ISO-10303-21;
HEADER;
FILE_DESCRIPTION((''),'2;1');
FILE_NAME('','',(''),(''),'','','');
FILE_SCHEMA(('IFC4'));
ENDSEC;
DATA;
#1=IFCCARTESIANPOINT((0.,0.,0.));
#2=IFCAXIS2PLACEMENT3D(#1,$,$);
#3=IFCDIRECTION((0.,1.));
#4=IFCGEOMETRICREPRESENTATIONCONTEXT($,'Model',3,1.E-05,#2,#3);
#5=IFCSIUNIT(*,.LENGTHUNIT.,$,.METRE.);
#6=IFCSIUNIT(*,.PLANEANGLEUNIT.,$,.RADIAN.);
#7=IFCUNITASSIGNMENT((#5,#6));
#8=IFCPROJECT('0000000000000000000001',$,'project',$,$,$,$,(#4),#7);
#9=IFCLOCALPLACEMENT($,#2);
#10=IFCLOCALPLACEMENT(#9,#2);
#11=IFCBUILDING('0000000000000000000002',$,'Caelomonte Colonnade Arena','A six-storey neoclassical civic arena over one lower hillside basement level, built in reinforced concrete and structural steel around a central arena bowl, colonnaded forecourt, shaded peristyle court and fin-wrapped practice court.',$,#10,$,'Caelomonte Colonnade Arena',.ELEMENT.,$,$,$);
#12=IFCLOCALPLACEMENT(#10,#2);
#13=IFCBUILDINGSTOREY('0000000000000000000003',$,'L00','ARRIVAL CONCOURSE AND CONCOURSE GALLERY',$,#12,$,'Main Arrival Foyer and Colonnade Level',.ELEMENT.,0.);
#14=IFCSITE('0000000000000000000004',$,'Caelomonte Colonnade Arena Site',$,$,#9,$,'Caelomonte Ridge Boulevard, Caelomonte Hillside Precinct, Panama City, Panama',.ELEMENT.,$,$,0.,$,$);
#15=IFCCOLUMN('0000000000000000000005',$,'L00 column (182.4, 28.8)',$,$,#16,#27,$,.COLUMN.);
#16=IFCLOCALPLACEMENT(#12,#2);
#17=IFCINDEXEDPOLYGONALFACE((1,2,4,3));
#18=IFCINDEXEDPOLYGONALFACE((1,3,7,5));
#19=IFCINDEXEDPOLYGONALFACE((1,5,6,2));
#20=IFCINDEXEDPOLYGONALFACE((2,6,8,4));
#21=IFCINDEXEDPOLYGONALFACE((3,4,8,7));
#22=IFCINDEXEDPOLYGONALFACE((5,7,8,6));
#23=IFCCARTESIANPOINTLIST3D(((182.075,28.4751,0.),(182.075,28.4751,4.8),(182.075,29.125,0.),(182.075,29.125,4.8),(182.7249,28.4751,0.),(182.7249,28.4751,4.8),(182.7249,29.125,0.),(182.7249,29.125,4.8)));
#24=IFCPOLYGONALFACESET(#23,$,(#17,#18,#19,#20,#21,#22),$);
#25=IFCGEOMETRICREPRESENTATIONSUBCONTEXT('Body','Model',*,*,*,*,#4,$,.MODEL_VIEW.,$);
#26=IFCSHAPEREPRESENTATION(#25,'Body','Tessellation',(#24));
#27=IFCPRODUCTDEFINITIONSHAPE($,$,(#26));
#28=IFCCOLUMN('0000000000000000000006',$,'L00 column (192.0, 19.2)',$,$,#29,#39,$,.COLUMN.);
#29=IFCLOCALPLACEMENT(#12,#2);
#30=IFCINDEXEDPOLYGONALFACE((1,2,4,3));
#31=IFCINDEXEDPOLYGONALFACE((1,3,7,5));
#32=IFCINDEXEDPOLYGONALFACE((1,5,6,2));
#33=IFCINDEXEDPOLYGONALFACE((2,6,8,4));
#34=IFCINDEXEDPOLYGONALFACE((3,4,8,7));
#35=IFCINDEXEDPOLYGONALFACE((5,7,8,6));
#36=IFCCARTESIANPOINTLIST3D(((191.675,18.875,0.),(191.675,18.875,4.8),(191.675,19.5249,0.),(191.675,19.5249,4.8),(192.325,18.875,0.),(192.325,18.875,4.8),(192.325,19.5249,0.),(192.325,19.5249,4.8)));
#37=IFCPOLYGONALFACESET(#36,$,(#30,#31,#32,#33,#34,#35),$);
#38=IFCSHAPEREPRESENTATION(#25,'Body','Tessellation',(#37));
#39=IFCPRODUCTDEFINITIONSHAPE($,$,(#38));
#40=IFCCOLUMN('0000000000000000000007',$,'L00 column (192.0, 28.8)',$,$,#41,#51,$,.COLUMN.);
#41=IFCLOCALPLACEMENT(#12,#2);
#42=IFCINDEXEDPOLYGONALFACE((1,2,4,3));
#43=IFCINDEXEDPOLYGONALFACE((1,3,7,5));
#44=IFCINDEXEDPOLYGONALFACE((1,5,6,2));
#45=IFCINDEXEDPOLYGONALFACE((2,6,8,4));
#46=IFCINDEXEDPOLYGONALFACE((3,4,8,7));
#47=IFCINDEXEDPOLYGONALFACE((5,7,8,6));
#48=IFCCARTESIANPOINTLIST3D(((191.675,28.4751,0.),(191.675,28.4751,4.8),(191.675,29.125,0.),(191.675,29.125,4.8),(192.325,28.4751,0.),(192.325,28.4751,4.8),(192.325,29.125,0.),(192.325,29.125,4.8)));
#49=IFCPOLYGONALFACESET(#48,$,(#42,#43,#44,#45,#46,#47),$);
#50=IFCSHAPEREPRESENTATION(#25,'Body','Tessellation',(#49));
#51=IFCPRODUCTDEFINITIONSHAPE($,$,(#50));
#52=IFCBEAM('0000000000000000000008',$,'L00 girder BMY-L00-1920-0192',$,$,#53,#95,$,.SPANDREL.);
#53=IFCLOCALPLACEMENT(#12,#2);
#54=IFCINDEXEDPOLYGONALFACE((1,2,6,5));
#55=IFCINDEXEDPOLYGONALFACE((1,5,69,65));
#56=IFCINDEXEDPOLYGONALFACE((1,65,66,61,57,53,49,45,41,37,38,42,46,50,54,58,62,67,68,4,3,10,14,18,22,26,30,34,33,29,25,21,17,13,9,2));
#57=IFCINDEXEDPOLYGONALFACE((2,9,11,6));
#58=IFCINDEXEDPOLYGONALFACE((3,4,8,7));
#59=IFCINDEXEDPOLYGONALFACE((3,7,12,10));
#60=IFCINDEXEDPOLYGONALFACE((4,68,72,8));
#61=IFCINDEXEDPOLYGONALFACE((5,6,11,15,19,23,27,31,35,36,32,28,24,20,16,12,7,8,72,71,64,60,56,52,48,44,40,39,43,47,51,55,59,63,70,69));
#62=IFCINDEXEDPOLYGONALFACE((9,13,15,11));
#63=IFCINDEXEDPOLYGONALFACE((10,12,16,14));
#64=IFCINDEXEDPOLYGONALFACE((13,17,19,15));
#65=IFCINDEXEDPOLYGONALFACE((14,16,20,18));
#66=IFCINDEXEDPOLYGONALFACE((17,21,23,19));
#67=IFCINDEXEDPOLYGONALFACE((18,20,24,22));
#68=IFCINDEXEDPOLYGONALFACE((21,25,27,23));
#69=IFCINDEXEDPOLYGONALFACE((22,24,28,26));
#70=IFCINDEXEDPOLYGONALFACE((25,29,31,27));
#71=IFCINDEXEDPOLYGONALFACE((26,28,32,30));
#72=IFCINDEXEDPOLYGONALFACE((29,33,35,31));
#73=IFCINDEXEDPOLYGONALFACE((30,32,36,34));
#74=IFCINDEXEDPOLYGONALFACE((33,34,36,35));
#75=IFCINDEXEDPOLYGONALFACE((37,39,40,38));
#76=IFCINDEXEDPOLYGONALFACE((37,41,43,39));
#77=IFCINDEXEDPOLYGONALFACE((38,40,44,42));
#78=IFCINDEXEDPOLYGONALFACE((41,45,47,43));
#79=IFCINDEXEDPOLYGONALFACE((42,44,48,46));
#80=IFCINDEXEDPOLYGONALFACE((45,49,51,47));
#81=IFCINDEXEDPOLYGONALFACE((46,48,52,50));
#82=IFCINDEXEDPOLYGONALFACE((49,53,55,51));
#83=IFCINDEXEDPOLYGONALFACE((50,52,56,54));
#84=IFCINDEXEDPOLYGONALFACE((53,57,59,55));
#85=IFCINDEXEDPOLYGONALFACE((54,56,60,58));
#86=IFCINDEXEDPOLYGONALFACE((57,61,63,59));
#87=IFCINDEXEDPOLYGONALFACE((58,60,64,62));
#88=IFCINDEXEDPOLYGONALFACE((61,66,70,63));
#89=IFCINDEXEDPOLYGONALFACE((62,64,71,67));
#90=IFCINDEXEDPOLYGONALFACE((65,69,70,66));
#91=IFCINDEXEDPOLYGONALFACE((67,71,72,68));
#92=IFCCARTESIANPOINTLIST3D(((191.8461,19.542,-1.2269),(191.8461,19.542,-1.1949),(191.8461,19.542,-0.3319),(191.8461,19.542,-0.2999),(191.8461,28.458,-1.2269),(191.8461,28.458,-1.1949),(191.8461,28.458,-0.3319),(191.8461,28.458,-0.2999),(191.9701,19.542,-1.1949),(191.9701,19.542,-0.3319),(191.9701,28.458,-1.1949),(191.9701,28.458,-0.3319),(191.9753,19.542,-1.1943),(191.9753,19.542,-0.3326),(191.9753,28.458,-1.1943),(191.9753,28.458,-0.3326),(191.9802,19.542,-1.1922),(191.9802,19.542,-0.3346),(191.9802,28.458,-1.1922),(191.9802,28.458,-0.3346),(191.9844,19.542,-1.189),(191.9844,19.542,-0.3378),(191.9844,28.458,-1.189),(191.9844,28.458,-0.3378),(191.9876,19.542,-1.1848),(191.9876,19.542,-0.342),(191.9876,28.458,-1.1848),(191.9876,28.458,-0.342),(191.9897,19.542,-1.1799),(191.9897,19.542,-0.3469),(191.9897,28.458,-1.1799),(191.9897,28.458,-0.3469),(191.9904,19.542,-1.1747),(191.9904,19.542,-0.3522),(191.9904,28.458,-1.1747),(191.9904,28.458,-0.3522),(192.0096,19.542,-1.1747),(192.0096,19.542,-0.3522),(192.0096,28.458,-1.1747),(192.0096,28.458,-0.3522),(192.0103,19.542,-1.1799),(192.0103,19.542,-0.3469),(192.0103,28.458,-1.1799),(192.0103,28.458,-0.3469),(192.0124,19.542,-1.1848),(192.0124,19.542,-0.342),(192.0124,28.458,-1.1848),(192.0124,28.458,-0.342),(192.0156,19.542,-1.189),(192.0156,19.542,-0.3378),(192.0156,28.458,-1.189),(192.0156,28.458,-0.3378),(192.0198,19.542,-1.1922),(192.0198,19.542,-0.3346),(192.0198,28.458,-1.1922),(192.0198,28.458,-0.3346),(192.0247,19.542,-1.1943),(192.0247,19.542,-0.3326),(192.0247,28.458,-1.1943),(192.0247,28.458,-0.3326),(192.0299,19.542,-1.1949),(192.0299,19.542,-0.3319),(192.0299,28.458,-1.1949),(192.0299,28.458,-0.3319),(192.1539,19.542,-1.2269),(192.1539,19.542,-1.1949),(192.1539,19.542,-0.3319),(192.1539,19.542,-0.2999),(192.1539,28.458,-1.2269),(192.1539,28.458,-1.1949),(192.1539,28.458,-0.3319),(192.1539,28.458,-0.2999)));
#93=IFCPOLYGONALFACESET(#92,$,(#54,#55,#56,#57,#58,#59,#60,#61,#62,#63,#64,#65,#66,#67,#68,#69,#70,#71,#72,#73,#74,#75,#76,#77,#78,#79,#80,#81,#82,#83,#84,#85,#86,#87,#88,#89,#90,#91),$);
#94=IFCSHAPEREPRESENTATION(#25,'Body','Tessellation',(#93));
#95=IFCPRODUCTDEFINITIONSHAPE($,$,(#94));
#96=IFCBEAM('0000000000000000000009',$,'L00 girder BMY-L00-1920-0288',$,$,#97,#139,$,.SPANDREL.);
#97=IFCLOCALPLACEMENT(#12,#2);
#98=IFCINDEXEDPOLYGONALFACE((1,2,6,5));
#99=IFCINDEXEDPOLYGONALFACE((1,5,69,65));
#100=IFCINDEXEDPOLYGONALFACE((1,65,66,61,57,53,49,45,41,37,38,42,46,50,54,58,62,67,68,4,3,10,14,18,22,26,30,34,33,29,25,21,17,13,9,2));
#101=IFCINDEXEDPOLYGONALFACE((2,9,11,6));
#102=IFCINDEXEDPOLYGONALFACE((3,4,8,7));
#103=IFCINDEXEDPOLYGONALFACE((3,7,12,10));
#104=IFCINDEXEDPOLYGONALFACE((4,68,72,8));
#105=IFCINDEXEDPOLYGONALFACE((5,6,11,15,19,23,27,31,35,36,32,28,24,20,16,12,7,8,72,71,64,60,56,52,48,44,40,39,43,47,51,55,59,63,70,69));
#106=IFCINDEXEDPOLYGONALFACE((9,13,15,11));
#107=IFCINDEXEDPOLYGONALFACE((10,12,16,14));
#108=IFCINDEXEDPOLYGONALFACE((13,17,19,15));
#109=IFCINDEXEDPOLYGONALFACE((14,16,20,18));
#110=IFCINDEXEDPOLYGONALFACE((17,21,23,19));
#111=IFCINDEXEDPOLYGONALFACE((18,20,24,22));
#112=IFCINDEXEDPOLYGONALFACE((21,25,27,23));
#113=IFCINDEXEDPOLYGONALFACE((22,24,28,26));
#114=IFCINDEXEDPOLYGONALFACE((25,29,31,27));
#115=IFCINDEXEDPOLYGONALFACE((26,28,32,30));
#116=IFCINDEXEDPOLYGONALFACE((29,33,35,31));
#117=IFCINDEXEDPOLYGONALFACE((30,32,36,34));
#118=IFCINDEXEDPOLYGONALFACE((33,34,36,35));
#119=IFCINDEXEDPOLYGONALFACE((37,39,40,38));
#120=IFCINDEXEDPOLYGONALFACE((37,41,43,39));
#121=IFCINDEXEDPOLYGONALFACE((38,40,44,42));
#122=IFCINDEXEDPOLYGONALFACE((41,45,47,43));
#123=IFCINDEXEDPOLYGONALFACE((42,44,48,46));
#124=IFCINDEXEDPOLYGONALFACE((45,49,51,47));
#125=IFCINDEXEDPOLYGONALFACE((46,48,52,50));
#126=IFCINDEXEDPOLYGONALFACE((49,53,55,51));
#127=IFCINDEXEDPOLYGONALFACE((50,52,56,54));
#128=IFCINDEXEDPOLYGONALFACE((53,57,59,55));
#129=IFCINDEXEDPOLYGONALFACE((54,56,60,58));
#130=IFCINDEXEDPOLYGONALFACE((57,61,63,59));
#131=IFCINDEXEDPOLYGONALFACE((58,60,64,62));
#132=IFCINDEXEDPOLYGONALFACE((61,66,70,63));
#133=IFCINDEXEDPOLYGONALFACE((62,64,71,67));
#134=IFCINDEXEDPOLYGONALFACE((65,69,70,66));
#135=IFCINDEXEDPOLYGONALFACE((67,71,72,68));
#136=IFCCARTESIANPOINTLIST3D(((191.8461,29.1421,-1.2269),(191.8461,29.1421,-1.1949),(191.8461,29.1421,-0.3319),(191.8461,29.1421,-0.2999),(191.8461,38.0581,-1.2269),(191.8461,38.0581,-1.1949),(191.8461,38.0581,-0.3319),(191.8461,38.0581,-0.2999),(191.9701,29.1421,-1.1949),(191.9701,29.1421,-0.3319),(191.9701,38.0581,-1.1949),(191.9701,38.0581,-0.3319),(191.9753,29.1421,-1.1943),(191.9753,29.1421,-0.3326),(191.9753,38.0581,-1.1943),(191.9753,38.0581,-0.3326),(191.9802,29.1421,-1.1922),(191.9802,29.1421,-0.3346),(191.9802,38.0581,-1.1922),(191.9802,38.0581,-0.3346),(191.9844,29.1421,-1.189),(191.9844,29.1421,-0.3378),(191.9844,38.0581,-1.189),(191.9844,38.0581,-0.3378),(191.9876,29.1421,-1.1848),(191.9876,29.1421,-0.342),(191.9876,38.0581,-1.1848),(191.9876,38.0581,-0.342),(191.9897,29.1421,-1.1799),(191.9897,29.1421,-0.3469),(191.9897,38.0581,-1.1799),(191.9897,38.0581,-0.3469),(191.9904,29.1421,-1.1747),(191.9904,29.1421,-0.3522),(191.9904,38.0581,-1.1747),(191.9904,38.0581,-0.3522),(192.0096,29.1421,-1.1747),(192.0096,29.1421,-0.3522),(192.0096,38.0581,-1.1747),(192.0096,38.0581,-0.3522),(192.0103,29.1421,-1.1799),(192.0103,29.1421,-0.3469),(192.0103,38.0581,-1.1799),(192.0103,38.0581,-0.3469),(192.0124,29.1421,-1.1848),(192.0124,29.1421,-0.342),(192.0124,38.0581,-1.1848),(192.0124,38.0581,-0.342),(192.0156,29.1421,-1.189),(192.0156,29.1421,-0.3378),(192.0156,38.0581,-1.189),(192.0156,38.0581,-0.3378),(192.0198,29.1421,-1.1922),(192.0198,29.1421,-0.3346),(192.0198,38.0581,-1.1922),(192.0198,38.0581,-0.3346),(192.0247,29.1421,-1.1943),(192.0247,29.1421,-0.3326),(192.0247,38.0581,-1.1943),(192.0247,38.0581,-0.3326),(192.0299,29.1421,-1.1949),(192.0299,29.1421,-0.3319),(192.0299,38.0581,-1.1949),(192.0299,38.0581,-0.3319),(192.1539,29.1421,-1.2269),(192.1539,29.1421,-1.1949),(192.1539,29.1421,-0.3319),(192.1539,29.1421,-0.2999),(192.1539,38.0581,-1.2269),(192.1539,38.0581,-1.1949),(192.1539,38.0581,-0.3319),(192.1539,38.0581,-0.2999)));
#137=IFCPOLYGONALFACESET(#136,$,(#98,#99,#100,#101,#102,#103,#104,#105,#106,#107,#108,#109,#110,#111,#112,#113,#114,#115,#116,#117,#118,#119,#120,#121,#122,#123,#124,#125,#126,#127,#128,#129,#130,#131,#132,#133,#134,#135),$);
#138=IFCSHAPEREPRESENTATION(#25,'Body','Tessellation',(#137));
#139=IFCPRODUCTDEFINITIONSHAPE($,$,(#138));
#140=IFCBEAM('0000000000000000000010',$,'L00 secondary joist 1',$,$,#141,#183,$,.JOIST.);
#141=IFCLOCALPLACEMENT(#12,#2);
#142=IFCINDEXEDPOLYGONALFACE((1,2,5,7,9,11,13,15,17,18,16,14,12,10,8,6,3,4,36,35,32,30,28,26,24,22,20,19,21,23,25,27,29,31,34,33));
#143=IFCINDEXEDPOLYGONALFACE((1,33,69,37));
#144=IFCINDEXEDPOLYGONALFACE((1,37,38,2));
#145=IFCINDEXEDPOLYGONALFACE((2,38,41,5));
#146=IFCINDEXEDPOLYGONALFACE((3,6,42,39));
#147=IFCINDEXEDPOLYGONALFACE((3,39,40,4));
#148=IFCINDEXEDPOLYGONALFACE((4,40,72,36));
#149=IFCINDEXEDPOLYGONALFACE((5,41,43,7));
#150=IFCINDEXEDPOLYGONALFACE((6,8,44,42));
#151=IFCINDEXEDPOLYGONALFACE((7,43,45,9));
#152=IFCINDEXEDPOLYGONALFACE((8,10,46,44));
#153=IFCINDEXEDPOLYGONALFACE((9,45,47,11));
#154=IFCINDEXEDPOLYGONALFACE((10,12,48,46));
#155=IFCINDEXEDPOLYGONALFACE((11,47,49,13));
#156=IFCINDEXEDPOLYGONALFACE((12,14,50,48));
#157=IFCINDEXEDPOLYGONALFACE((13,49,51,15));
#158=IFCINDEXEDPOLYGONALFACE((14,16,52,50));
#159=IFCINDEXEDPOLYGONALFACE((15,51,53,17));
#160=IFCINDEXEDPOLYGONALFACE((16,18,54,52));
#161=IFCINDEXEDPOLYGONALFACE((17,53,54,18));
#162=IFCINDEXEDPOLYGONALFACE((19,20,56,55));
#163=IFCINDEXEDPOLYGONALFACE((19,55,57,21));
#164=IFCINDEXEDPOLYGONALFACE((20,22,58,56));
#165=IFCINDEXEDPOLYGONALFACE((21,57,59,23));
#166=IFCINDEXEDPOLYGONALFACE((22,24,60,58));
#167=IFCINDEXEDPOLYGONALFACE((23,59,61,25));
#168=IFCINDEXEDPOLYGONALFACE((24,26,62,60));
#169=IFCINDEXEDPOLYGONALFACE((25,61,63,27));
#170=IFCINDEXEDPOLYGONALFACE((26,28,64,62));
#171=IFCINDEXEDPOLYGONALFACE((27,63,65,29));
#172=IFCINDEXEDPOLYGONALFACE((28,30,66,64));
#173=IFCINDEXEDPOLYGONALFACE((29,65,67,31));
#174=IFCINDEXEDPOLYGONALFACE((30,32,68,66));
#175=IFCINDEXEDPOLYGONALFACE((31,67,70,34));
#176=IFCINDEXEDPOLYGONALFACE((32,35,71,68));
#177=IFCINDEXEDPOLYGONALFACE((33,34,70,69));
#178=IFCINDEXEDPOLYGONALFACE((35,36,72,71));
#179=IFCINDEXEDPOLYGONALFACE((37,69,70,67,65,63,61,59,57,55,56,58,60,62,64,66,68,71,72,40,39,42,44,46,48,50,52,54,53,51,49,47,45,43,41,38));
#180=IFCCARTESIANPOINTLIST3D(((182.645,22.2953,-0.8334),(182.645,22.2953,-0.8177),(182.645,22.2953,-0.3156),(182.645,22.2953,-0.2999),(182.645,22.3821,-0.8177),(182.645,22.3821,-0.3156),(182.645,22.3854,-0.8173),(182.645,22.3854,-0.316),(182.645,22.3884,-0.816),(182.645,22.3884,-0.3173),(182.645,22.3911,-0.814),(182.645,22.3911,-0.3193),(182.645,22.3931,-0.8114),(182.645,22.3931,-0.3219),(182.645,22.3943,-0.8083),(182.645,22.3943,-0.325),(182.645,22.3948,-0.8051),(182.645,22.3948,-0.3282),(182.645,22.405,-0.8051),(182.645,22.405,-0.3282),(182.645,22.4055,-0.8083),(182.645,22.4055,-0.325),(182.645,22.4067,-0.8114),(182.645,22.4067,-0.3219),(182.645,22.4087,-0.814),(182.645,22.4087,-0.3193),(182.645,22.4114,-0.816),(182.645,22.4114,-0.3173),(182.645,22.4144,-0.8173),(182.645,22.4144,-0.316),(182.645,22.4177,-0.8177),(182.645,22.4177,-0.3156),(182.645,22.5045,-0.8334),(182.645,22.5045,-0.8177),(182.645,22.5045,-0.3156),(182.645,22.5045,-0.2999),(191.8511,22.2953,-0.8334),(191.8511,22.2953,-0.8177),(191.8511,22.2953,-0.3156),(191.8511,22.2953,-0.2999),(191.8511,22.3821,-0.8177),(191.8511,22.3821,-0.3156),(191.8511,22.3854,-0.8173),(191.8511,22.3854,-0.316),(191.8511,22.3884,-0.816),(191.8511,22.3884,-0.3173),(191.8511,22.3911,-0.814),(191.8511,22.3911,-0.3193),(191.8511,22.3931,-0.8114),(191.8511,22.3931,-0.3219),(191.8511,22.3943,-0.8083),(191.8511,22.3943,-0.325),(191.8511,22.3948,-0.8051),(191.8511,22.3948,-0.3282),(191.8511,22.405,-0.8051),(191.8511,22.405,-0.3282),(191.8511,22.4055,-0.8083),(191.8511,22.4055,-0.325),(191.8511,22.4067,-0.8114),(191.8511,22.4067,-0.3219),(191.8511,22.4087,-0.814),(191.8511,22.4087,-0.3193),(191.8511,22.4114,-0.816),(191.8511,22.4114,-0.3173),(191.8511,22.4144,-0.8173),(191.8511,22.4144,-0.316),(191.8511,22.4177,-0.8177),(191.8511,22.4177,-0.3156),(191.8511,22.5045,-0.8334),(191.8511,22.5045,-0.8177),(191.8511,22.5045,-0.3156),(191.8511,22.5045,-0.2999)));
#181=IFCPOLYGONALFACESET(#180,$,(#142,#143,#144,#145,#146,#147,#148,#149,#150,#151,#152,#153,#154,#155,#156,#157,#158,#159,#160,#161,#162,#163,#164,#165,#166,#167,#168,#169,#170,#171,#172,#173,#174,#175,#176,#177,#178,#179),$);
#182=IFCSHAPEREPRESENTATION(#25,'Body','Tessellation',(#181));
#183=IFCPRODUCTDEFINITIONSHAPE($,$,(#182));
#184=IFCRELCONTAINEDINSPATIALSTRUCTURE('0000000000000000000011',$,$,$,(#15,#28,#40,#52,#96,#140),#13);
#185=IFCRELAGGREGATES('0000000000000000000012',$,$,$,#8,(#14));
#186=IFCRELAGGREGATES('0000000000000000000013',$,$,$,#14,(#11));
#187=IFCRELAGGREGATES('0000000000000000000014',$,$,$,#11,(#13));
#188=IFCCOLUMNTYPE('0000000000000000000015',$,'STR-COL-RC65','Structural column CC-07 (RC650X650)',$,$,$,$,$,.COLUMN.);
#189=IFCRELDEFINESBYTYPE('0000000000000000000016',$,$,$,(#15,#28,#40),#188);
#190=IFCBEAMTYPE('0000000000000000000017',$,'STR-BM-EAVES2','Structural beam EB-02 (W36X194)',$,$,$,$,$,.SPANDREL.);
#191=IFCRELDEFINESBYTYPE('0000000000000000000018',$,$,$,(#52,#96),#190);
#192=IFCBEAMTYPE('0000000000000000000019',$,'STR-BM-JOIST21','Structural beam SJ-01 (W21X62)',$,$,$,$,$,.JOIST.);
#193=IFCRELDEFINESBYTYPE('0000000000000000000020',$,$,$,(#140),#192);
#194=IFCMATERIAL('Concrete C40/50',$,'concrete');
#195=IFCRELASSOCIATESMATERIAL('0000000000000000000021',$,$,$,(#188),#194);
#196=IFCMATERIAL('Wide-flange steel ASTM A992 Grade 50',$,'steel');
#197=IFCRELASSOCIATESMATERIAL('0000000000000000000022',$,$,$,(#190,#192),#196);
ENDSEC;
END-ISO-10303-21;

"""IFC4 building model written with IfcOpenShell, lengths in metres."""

from ifc_helpers import new_model, si_unit, direction, frame, origin, origin_2d, place, context, subcontext, project, spatial, rectangle, i_section, extrude, material, material_profile, profile_set, type_object, element, save


model = new_model("IFC4")

# Units and contexts
model_context = context("Model", 3, precision=1e-05, world=origin(), true_north=direction((0.0, 1.0)))
body_context = subcontext(model_context, "Body", "Model", "MODEL_VIEW")
ifc_project = project(units=[si_unit("LENGTHUNIT", "METRE"), si_unit("PLANEANGLEUNIT", "RADIAN")], contexts=[model_context])

# Site, building, storey
site_placement = place(None, origin())
site = spatial("IfcSite", under=ifc_project, at=site_placement, Name="Caelomonte Colonnade Arena Site", LongName="Caelomonte Ridge Boulevard, Caelomonte Hillside Precinct, Panama City, Panama", CompositionType="ELEMENT", RefElevation=0.0)
building_placement = place(site_placement, origin())
building = spatial("IfcBuilding", under=site, at=building_placement, Name="Caelomonte Colonnade Arena", Description="A six-storey neoclassical civic arena over one lower hillside basement level, built in reinforced concrete and structural steel around a central arena bowl, colonnaded forecourt, shaded peristyle court and fin-wrapped practice court.", LongName="Caelomonte Colonnade Arena", CompositionType="ELEMENT")
storey_placement = place(building_placement, origin())
storey = spatial("IfcBuildingStorey", under=building, at=storey_placement, Name="L00", Description="ARRIVAL CONCOURSE AND CONCOURSE GALLERY", LongName="Main Arrival Foyer and Colonnade Level", CompositionType="ELEMENT", Elevation=0.0)

# Columns
ifc_material_1 = material(Name="Concrete C40/50", Category="concrete")
ifc_material_profile_1 = material_profile(ifc_material_1, rectangle(XDim=0.6499, YDim=0.6499, at=origin_2d()), Name="RC650X650")
ifc_profile_set_1 = profile_set([ifc_material_profile_1], Name="Concrete C40/50")
column_type = type_object("IfcColumnType", Name="STR-COL-RC65", Description="Structural column CC-07 (RC650X650)", PredefinedType="COLUMN", material=ifc_profile_set_1)
for number, where, z_axis, x_axis, name in (
    (1, (182.3999, 28.8, 0.0), (0.0, 0.0, 1.0), (1.0, 0.0, 0.0), "L00 column (182.4, 28.8)"),
    (2, (192.0, 19.2, 0.0), (0.0, 0.0, 1.0), (1.0, 0.0, 0.0), "L00 column (192.0, 19.2)"),
    (3, (192.0, 28.8, 0.0), (0.0, 0.0, 1.0), (1.0, 0.0, 0.0), "L00 column (192.0, 28.8)"),
):
    element("IfcColumn", number, at=place(storey_placement, frame(where, z_axis=z_axis, x_axis=x_axis)), inside=storey, type_object=column_type, Name=name, PredefinedType="COLUMN", context=body_context, shape_type="SweptSolid", body=[
        extrude(rectangle(XDim=0.6499, YDim=0.6499, at=origin_2d()), origin(), (0.0, 0.0, 1.0), 4.8),
    ])

# Beams
ifc_material_2 = material(Name="Wide-flange steel ASTM A992 Grade 50", Category="steel")
ifc_material_profile_2 = material_profile(ifc_material_2, i_section(OverallWidth=0.3079, OverallDepth=0.927, WebThickness=0.0193, FlangeThickness=0.032, FilletRadius=0.0203, at=origin_2d()), Name="W36X194")
ifc_profile_set_2 = profile_set([ifc_material_profile_2], Name="Wide-flange steel ASTM A992 Grade 50")
beam_type_1 = type_object("IfcBeamType", Name="STR-BM-EAVES2", Description="Structural beam EB-02 (W36X194)", PredefinedType="SPANDREL", material=ifc_profile_set_2)
for number, where, z_axis, x_axis, name in (
    (4, (192.0, 19.542, -0.7634), (0.0, 1.0, 0.0), (-1.0, 0.0, 0.0), "L00 girder BMY-L00-1920-0192"),
    (5, (192.0, 29.1421, -0.7634), (0.0, 1.0, 0.0), (-1.0, 0.0, 0.0), "L00 girder BMY-L00-1920-0288"),
):
    element("IfcBeam", number, at=place(storey_placement, frame(where, z_axis=z_axis, x_axis=x_axis)), inside=storey, type_object=beam_type_1, Name=name, PredefinedType="SPANDREL", context=body_context, shape_type="SweptSolid", body=[
        extrude(i_section(OverallWidth=0.3079, OverallDepth=0.927, WebThickness=0.0193, FlangeThickness=0.032, FilletRadius=0.0203, at=origin_2d()), origin(), (0.0, 0.0, 1.0), 8.916),
    ])
ifc_material_profile_3 = material_profile(ifc_material_2, i_section(OverallWidth=0.2092, OverallDepth=0.5334, WebThickness=0.0103, FlangeThickness=0.0156, FilletRadius=0.0127, at=origin_2d()), Name="W21X62")
ifc_profile_set_3 = profile_set([ifc_material_profile_3], Name="Wide-flange steel ASTM A992 Grade 50")
beam_type_2 = type_object("IfcBeamType", Name="STR-BM-JOIST21", Description="Structural beam SJ-01 (W21X62)", PredefinedType="JOIST", material=ifc_profile_set_3)
for number, where, z_axis, x_axis, name in (
    (6, (182.645, 22.3999, -0.5667), (1.0, 0.0, 0.0), (0.0, 1.0, 0.0), "L00 secondary joist 1"),
):
    element("IfcBeam", number, at=place(storey_placement, frame(where, z_axis=z_axis, x_axis=x_axis)), inside=storey, type_object=beam_type_2, Name=name, PredefinedType="JOIST", context=body_context, shape_type="SweptSolid", body=[
        extrude(i_section(OverallWidth=0.2092, OverallDepth=0.5334, WebThickness=0.0103, FlangeThickness=0.0156, FilletRadius=0.0127, at=origin_2d()), origin(), (0.0, 0.0, 1.0), 9.2061),
    ])

save(model, "model.ifc")
